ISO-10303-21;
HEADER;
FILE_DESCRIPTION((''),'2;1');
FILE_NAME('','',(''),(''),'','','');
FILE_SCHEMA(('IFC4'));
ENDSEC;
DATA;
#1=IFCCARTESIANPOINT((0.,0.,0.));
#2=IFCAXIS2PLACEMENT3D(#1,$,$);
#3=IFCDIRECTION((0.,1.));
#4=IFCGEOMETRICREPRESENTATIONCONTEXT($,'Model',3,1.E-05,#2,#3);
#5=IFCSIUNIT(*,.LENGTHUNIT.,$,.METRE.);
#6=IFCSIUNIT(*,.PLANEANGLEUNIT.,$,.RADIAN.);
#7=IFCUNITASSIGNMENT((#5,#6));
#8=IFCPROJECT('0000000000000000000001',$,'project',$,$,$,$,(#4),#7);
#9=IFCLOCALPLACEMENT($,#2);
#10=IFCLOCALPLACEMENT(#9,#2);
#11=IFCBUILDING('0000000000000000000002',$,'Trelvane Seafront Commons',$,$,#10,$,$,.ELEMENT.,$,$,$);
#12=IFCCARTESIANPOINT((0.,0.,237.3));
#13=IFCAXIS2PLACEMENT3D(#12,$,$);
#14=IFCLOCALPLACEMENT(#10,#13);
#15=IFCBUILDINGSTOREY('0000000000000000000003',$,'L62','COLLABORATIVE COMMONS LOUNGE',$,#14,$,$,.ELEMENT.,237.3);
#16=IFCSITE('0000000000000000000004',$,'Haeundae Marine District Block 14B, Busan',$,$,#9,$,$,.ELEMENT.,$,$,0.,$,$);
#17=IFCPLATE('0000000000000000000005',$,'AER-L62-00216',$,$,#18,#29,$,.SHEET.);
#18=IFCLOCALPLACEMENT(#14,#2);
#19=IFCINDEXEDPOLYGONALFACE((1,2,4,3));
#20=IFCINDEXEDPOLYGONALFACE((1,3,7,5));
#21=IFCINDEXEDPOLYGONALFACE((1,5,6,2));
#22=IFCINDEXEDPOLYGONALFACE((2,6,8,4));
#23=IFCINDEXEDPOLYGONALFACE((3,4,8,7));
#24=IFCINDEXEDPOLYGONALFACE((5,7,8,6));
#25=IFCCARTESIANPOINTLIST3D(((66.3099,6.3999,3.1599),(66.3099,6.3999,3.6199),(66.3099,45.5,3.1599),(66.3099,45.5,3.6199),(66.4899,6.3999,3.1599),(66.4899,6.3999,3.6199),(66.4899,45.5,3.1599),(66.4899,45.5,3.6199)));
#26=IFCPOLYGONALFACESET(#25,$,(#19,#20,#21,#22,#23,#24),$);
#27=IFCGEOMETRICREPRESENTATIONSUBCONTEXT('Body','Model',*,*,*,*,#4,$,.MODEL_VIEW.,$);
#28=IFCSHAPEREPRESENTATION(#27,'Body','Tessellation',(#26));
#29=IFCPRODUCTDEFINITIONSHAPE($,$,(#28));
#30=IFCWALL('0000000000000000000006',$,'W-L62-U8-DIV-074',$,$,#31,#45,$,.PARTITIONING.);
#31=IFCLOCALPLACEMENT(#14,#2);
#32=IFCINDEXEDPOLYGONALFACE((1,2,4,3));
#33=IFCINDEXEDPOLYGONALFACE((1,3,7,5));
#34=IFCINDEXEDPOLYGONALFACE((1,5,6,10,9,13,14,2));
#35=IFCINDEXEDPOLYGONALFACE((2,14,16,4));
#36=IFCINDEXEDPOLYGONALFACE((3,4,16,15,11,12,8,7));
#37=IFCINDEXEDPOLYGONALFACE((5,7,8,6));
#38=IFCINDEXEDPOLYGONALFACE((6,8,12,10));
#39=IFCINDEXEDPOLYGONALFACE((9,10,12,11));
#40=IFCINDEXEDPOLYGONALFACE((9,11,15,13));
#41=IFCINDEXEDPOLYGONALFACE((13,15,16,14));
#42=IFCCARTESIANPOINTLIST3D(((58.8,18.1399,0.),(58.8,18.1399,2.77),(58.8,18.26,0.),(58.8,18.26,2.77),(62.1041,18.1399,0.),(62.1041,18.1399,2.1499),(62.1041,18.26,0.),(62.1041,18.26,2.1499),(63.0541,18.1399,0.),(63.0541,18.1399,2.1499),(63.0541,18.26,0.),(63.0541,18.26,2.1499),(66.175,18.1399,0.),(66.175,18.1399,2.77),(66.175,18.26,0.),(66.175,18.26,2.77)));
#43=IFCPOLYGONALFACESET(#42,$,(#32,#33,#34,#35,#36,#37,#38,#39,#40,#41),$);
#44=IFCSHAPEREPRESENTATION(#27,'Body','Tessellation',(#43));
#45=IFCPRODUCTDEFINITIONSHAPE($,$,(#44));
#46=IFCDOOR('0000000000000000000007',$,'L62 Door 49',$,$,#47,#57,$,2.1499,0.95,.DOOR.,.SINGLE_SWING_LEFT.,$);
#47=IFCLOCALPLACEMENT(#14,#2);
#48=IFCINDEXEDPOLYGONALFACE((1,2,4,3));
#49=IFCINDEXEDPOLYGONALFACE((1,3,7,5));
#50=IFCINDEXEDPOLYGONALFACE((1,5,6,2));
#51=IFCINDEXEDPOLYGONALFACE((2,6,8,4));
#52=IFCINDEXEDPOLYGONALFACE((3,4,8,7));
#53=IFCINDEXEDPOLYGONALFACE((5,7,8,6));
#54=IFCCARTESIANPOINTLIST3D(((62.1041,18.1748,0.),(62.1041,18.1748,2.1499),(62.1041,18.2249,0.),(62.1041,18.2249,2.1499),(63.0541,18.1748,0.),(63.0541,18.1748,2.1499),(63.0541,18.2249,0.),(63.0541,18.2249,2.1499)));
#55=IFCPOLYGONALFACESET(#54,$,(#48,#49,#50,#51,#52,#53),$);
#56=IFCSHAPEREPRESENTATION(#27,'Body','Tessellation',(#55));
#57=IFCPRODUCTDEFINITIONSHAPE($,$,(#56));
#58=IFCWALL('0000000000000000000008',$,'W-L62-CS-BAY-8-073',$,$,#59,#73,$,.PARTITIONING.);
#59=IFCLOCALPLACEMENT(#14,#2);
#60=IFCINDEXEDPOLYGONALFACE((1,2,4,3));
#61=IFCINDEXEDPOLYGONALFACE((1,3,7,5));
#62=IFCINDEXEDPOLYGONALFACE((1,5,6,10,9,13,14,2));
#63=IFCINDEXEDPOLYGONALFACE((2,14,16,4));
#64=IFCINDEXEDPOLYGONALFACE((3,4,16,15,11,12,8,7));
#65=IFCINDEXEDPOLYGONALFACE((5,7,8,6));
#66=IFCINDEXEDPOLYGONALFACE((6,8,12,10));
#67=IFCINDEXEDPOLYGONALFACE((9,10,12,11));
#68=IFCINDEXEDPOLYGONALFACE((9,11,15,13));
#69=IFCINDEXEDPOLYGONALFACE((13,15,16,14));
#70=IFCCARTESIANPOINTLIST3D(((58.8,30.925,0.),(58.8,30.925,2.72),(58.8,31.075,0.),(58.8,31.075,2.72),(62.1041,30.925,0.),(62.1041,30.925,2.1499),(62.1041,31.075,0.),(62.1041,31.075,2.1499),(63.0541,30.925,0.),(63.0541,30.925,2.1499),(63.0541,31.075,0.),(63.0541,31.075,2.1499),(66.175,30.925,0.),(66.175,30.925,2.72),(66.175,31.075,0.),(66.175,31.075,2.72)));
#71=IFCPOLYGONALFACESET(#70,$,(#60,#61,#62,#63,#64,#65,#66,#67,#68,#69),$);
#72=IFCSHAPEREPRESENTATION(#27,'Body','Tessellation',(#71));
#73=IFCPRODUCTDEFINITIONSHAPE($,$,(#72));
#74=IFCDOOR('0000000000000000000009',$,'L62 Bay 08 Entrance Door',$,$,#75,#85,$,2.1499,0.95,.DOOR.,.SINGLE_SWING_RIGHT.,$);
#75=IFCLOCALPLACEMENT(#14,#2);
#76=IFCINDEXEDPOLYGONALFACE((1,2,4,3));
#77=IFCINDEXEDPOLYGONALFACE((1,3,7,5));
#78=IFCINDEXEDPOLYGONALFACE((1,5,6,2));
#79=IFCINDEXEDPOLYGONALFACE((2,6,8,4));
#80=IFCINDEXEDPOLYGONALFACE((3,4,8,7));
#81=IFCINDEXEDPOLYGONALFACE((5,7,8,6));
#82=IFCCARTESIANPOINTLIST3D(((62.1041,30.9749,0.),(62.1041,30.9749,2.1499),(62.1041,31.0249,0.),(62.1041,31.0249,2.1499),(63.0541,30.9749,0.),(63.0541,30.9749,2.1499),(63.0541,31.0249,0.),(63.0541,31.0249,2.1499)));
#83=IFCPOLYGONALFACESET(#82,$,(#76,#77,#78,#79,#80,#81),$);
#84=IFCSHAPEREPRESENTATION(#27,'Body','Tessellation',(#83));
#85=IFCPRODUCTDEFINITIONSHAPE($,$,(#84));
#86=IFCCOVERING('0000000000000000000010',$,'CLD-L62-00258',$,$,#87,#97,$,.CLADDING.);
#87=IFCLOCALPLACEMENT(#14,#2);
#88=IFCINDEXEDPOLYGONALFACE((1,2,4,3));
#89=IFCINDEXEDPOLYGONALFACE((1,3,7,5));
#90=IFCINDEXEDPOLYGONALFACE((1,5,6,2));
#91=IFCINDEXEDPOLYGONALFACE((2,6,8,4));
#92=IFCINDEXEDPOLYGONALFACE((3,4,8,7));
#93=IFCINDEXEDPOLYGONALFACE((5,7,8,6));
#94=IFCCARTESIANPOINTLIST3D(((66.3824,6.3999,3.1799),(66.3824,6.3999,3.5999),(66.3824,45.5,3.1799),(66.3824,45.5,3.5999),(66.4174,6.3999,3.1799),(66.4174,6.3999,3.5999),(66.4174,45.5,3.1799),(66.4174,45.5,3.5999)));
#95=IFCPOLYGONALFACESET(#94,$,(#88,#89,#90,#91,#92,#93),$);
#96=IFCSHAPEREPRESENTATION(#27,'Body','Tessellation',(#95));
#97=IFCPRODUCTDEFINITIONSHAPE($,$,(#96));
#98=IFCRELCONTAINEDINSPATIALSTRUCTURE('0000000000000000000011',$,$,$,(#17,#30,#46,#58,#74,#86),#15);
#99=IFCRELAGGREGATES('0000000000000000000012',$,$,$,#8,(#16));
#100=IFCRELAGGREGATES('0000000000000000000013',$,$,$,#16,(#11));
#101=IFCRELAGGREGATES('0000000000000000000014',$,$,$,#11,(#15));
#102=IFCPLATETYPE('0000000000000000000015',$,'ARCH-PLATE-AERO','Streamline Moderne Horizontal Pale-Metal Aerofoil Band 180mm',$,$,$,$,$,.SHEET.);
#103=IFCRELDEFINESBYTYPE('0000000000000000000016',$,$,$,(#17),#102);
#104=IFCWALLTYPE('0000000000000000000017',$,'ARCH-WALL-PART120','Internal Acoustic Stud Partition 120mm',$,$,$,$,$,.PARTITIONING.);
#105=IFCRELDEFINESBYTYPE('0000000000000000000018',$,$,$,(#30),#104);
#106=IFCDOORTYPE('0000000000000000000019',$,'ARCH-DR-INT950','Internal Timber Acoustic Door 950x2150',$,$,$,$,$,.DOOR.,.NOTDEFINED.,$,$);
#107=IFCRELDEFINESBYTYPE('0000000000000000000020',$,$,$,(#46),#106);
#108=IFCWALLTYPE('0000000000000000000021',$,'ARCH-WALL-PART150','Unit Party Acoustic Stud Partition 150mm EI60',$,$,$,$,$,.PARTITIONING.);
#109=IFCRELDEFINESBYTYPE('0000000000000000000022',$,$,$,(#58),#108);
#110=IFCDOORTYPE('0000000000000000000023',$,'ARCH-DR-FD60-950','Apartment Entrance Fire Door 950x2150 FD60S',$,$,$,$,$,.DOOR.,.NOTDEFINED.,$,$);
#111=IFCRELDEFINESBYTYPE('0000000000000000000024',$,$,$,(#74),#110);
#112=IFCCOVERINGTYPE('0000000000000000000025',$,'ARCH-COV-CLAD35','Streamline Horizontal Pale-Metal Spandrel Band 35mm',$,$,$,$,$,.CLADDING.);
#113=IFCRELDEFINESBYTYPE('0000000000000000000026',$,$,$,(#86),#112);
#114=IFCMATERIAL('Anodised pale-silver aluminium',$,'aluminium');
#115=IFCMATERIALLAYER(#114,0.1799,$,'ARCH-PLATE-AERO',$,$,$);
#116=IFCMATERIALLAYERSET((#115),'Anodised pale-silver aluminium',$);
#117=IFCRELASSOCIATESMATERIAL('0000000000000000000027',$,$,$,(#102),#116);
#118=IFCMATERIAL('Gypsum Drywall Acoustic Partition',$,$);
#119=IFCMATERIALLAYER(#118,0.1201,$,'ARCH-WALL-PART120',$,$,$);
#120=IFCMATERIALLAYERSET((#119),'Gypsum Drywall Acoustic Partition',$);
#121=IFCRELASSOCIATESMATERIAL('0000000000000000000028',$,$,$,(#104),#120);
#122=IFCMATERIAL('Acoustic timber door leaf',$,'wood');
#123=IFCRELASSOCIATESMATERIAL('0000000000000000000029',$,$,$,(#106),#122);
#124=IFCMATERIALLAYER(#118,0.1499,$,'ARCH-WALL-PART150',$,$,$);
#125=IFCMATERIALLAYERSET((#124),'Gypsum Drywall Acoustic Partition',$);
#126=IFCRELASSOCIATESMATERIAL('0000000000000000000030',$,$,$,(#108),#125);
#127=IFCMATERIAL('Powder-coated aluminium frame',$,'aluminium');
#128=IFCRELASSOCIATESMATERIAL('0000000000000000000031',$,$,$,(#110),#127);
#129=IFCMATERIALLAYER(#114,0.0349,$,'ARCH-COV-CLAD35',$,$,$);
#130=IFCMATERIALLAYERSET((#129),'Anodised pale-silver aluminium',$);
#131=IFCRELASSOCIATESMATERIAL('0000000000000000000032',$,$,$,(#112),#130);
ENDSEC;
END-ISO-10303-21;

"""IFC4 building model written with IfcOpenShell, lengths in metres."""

from ifc_helpers import new_model, si_unit, direction, frame, frame_2d, origin, origin_2d, place, context, subcontext, project, spatial, rectangle, extrude, source, transform, mapped, material, layer, layer_set, type_object, element, fill, save


model = new_model("IFC4")

# Units and contexts
model_context = context("Model", 3, precision=1e-05, world=origin(), true_north=direction((0.0, 1.0)))
body_context = subcontext(model_context, "Body", "Model", "MODEL_VIEW")
ifc_project = project(units=[si_unit("LENGTHUNIT", "METRE"), si_unit("PLANEANGLEUNIT", "RADIAN")], contexts=[model_context])

# Site, building, storey
site_placement = place(None, origin())
site = spatial("IfcSite", under=ifc_project, at=site_placement, Name="Haeundae Marine District Block 14B, Busan", CompositionType="ELEMENT", RefElevation=0.0)
building_placement = place(site_placement, origin())
building = spatial("IfcBuilding", under=site, at=building_placement, Name="Trelvane Seafront Commons", CompositionType="ELEMENT")
storey_placement = place(building_placement, frame((0.0, 0.0, 237.3)))
storey = spatial("IfcBuildingStorey", under=building, at=storey_placement, Name="L62", Description="COLLABORATIVE COMMONS LOUNGE", CompositionType="ELEMENT", Elevation=237.3)

# Shared definitions
ifc_material_1 = material(Name="Anodised pale-silver aluminium", Category="aluminium")

# Plate
ifc_layer_1 = layer(ifc_material_1, 0.1799, Name="ARCH-PLATE-AERO")
ifc_layer_set_1 = layer_set([ifc_layer_1], Name="Anodised pale-silver aluminium")
plate_type_1 = type_object("IfcPlateType", Name="ARCH-PLATE-AERO", Description="Streamline Moderne Horizontal Pale-Metal Aerofoil Band 180mm", PredefinedType="SHEET", material=ifc_layer_set_1)
shared_shape_1 = source(origin(), body_context, "Body", "SweptSolid", [
    extrude(rectangle(XDim=39.1001, YDim=0.1799, at=origin_2d()), origin(), (0.0, 0.0, 1.0), 0.46),
])
plate_1_placement = place(storey_placement, frame((66.3999, 25.95, 3.1599), z_axis=(0.0, 0.0, 1.0), x_axis=(0.0, -1.0, 0.0)))
element("IfcPlate", 1, at=plate_1_placement, inside=storey, type_object=plate_type_1, Name="AER-L62-00216", PredefinedType="SHEET", context=body_context, shape_type="MappedRepresentation", body=[
    mapped(shared_shape_1, transform((0.0, 0.0, 0.0), x_axis=(1.0, 0.0, 0.0), y_axis=(0.0, 1.0, 0.0), z_axis=(0.0, 0.0, 1.0), scale=1.0)),
])

# Walls, openings, doors
ifc_material_2 = material(Name="Gypsum Drywall Acoustic Partition")
ifc_layer_2 = layer(ifc_material_2, 0.1201, Name="ARCH-WALL-PART120")
ifc_layer_set_2 = layer_set([ifc_layer_2], Name="Gypsum Drywall Acoustic Partition")
wall_type_1 = type_object("IfcWallType", Name="ARCH-WALL-PART120", Description="Internal Acoustic Stud Partition 120mm", PredefinedType="PARTITIONING", material=ifc_layer_set_2)
wall_1_placement = place(storey_placement, frame((58.8, 18.2, 0.0), z_axis=(0.0, 0.0, 1.0), x_axis=(1.0, 0.0, 0.0)))
wall_1 = element("IfcWall", 2, at=wall_1_placement, inside=storey, type_object=wall_type_1, Name="W-L62-U8-DIV-074", PredefinedType="PARTITIONING", context=body_context, shape_type="SweptSolid", body=[
    extrude(rectangle(XDim=7.375, YDim=0.1201, at=frame_2d((3.6875, 0.0))), origin(), (0.0, 0.0, 1.0), 2.77),
])
opening_1_placement = place(wall_1_placement, frame((3.304, 0.0, 0.0)))
opening_1 = element("IfcOpeningElement", 3, at=opening_1_placement, cuts=wall_1, PredefinedType="OPENING", context=body_context, shape_type="SweptSolid", body=[
    extrude(rectangle(XDim=0.95, YDim=2.1499, at=frame_2d((0.4751, 1.075))), frame((0.0, 0.0701, 0.0), z_axis=(0.0, -1.0, 0.0), x_axis=(1.0, 0.0, 0.0)), (0.0, 0.0, 1.0), 0.1401),
])
ifc_material_3 = material(Name="Acoustic timber door leaf", Category="wood")
door_type_1 = type_object("IfcDoorType", Name="ARCH-DR-INT950", Description="Internal Timber Acoustic Door 950x2150", OperationType="NOTDEFINED", PredefinedType="DOOR", material=ifc_material_3)
shared_shape_2 = source(origin(), body_context, "Body", "SweptSolid", [
    extrude(rectangle(XDim=0.95, YDim=2.1499, at=frame_2d((0.4751, 1.075))), frame((0.0, 0.0249, 0.0), z_axis=(0.0, -1.0, 0.0), x_axis=(1.0, 0.0, 0.0)), (0.0, 0.0, 1.0), 0.05),
])
door_1_placement = place(opening_1_placement, origin())
door_1 = element("IfcDoor", 4, at=door_1_placement, inside=storey, type_object=door_type_1, Name="L62 Door 49", OperationType="SINGLE_SWING_LEFT", OverallHeight=2.1499, OverallWidth=0.95, PredefinedType="DOOR", context=body_context, shape_type="MappedRepresentation", body=[
    mapped(shared_shape_2, transform((0.0, 0.0, 0.0), x_axis=(1.0, 0.0, 0.0), y_axis=(0.0, 1.0, 0.0), z_axis=(0.0, 0.0, 1.0), scale=1.0)),
])
fill(opening_1, door_1)
ifc_layer_3 = layer(ifc_material_2, 0.1499, Name="ARCH-WALL-PART150")
ifc_layer_set_3 = layer_set([ifc_layer_3], Name="Gypsum Drywall Acoustic Partition")
wall_type_2 = type_object("IfcWallType", Name="ARCH-WALL-PART150", Description="Unit Party Acoustic Stud Partition 150mm EI60", PredefinedType="PARTITIONING", material=ifc_layer_set_3)
wall_2_placement = place(storey_placement, frame((58.8, 31.0, 0.0), z_axis=(0.0, 0.0, 1.0), x_axis=(1.0, 0.0, 0.0)))
wall_2 = element("IfcWall", 5, at=wall_2_placement, inside=storey, type_object=wall_type_2, Name="W-L62-CS-BAY-8-073", PredefinedType="PARTITIONING", context=body_context, shape_type="SweptSolid", body=[
    extrude(rectangle(XDim=7.375, YDim=0.1499, at=frame_2d((3.6875, 0.0))), origin(), (0.0, 0.0, 1.0), 2.72),
])
opening_2_placement = place(wall_2_placement, frame((3.304, 0.0, 0.0)))
opening_2 = element("IfcOpeningElement", 6, at=opening_2_placement, cuts=wall_2, PredefinedType="OPENING", context=body_context, shape_type="SweptSolid", body=[
    extrude(rectangle(XDim=0.95, YDim=2.1499, at=frame_2d((0.4751, 1.075))), frame((0.0, 0.085, 0.0), z_axis=(0.0, -1.0, 0.0), x_axis=(1.0, 0.0, 0.0)), (0.0, 0.0, 1.0), 0.1699),
])
ifc_material_4 = material(Name="Powder-coated aluminium frame", Category="aluminium")
door_type_2 = type_object("IfcDoorType", Name="ARCH-DR-FD60-950", Description="Apartment Entrance Fire Door 950x2150 FD60S", OperationType="NOTDEFINED", PredefinedType="DOOR", material=ifc_material_4)
door_2_placement = place(opening_2_placement, origin())
door_2 = element("IfcDoor", 7, at=door_2_placement, inside=storey, type_object=door_type_2, Name="L62 Bay 08 Entrance Door", OperationType="SINGLE_SWING_RIGHT", OverallHeight=2.1499, OverallWidth=0.95, PredefinedType="DOOR", context=body_context, shape_type="MappedRepresentation", body=[
    mapped(shared_shape_2, transform((0.0, 0.0, 0.0), x_axis=(1.0, 0.0, 0.0), y_axis=(0.0, 1.0, 0.0), z_axis=(0.0, 0.0, 1.0), scale=1.0)),
])
fill(opening_2, door_2)

# Covering
ifc_layer_4 = layer(ifc_material_1, 0.0349, Name="ARCH-COV-CLAD35")
ifc_layer_set_4 = layer_set([ifc_layer_4], Name="Anodised pale-silver aluminium")
covering_type = type_object("IfcCoveringType", Name="ARCH-COV-CLAD35", Description="Streamline Horizontal Pale-Metal Spandrel Band 35mm", PredefinedType="CLADDING", material=ifc_layer_set_4)
shared_shape_3 = source(origin(), body_context, "Body", "SweptSolid", [
    extrude(rectangle(XDim=39.1001, YDim=0.0349, at=origin_2d()), origin(), (0.0, 0.0, 1.0), 0.4199),
])
covering_placement = place(storey_placement, frame((66.3999, 25.95, 3.1799), z_axis=(0.0, 0.0, 1.0), x_axis=(0.0, -1.0, 0.0)))
element("IfcCovering", 8, at=covering_placement, inside=storey, type_object=covering_type, Name="CLD-L62-00258", PredefinedType="CLADDING", context=body_context, shape_type="MappedRepresentation", body=[
    mapped(shared_shape_3, transform((0.0, 0.0, 0.0), x_axis=(1.0, 0.0, 0.0), y_axis=(0.0, 1.0, 0.0), z_axis=(0.0, 0.0, 1.0), scale=1.0)),
])

save(model, "model.ifc")
